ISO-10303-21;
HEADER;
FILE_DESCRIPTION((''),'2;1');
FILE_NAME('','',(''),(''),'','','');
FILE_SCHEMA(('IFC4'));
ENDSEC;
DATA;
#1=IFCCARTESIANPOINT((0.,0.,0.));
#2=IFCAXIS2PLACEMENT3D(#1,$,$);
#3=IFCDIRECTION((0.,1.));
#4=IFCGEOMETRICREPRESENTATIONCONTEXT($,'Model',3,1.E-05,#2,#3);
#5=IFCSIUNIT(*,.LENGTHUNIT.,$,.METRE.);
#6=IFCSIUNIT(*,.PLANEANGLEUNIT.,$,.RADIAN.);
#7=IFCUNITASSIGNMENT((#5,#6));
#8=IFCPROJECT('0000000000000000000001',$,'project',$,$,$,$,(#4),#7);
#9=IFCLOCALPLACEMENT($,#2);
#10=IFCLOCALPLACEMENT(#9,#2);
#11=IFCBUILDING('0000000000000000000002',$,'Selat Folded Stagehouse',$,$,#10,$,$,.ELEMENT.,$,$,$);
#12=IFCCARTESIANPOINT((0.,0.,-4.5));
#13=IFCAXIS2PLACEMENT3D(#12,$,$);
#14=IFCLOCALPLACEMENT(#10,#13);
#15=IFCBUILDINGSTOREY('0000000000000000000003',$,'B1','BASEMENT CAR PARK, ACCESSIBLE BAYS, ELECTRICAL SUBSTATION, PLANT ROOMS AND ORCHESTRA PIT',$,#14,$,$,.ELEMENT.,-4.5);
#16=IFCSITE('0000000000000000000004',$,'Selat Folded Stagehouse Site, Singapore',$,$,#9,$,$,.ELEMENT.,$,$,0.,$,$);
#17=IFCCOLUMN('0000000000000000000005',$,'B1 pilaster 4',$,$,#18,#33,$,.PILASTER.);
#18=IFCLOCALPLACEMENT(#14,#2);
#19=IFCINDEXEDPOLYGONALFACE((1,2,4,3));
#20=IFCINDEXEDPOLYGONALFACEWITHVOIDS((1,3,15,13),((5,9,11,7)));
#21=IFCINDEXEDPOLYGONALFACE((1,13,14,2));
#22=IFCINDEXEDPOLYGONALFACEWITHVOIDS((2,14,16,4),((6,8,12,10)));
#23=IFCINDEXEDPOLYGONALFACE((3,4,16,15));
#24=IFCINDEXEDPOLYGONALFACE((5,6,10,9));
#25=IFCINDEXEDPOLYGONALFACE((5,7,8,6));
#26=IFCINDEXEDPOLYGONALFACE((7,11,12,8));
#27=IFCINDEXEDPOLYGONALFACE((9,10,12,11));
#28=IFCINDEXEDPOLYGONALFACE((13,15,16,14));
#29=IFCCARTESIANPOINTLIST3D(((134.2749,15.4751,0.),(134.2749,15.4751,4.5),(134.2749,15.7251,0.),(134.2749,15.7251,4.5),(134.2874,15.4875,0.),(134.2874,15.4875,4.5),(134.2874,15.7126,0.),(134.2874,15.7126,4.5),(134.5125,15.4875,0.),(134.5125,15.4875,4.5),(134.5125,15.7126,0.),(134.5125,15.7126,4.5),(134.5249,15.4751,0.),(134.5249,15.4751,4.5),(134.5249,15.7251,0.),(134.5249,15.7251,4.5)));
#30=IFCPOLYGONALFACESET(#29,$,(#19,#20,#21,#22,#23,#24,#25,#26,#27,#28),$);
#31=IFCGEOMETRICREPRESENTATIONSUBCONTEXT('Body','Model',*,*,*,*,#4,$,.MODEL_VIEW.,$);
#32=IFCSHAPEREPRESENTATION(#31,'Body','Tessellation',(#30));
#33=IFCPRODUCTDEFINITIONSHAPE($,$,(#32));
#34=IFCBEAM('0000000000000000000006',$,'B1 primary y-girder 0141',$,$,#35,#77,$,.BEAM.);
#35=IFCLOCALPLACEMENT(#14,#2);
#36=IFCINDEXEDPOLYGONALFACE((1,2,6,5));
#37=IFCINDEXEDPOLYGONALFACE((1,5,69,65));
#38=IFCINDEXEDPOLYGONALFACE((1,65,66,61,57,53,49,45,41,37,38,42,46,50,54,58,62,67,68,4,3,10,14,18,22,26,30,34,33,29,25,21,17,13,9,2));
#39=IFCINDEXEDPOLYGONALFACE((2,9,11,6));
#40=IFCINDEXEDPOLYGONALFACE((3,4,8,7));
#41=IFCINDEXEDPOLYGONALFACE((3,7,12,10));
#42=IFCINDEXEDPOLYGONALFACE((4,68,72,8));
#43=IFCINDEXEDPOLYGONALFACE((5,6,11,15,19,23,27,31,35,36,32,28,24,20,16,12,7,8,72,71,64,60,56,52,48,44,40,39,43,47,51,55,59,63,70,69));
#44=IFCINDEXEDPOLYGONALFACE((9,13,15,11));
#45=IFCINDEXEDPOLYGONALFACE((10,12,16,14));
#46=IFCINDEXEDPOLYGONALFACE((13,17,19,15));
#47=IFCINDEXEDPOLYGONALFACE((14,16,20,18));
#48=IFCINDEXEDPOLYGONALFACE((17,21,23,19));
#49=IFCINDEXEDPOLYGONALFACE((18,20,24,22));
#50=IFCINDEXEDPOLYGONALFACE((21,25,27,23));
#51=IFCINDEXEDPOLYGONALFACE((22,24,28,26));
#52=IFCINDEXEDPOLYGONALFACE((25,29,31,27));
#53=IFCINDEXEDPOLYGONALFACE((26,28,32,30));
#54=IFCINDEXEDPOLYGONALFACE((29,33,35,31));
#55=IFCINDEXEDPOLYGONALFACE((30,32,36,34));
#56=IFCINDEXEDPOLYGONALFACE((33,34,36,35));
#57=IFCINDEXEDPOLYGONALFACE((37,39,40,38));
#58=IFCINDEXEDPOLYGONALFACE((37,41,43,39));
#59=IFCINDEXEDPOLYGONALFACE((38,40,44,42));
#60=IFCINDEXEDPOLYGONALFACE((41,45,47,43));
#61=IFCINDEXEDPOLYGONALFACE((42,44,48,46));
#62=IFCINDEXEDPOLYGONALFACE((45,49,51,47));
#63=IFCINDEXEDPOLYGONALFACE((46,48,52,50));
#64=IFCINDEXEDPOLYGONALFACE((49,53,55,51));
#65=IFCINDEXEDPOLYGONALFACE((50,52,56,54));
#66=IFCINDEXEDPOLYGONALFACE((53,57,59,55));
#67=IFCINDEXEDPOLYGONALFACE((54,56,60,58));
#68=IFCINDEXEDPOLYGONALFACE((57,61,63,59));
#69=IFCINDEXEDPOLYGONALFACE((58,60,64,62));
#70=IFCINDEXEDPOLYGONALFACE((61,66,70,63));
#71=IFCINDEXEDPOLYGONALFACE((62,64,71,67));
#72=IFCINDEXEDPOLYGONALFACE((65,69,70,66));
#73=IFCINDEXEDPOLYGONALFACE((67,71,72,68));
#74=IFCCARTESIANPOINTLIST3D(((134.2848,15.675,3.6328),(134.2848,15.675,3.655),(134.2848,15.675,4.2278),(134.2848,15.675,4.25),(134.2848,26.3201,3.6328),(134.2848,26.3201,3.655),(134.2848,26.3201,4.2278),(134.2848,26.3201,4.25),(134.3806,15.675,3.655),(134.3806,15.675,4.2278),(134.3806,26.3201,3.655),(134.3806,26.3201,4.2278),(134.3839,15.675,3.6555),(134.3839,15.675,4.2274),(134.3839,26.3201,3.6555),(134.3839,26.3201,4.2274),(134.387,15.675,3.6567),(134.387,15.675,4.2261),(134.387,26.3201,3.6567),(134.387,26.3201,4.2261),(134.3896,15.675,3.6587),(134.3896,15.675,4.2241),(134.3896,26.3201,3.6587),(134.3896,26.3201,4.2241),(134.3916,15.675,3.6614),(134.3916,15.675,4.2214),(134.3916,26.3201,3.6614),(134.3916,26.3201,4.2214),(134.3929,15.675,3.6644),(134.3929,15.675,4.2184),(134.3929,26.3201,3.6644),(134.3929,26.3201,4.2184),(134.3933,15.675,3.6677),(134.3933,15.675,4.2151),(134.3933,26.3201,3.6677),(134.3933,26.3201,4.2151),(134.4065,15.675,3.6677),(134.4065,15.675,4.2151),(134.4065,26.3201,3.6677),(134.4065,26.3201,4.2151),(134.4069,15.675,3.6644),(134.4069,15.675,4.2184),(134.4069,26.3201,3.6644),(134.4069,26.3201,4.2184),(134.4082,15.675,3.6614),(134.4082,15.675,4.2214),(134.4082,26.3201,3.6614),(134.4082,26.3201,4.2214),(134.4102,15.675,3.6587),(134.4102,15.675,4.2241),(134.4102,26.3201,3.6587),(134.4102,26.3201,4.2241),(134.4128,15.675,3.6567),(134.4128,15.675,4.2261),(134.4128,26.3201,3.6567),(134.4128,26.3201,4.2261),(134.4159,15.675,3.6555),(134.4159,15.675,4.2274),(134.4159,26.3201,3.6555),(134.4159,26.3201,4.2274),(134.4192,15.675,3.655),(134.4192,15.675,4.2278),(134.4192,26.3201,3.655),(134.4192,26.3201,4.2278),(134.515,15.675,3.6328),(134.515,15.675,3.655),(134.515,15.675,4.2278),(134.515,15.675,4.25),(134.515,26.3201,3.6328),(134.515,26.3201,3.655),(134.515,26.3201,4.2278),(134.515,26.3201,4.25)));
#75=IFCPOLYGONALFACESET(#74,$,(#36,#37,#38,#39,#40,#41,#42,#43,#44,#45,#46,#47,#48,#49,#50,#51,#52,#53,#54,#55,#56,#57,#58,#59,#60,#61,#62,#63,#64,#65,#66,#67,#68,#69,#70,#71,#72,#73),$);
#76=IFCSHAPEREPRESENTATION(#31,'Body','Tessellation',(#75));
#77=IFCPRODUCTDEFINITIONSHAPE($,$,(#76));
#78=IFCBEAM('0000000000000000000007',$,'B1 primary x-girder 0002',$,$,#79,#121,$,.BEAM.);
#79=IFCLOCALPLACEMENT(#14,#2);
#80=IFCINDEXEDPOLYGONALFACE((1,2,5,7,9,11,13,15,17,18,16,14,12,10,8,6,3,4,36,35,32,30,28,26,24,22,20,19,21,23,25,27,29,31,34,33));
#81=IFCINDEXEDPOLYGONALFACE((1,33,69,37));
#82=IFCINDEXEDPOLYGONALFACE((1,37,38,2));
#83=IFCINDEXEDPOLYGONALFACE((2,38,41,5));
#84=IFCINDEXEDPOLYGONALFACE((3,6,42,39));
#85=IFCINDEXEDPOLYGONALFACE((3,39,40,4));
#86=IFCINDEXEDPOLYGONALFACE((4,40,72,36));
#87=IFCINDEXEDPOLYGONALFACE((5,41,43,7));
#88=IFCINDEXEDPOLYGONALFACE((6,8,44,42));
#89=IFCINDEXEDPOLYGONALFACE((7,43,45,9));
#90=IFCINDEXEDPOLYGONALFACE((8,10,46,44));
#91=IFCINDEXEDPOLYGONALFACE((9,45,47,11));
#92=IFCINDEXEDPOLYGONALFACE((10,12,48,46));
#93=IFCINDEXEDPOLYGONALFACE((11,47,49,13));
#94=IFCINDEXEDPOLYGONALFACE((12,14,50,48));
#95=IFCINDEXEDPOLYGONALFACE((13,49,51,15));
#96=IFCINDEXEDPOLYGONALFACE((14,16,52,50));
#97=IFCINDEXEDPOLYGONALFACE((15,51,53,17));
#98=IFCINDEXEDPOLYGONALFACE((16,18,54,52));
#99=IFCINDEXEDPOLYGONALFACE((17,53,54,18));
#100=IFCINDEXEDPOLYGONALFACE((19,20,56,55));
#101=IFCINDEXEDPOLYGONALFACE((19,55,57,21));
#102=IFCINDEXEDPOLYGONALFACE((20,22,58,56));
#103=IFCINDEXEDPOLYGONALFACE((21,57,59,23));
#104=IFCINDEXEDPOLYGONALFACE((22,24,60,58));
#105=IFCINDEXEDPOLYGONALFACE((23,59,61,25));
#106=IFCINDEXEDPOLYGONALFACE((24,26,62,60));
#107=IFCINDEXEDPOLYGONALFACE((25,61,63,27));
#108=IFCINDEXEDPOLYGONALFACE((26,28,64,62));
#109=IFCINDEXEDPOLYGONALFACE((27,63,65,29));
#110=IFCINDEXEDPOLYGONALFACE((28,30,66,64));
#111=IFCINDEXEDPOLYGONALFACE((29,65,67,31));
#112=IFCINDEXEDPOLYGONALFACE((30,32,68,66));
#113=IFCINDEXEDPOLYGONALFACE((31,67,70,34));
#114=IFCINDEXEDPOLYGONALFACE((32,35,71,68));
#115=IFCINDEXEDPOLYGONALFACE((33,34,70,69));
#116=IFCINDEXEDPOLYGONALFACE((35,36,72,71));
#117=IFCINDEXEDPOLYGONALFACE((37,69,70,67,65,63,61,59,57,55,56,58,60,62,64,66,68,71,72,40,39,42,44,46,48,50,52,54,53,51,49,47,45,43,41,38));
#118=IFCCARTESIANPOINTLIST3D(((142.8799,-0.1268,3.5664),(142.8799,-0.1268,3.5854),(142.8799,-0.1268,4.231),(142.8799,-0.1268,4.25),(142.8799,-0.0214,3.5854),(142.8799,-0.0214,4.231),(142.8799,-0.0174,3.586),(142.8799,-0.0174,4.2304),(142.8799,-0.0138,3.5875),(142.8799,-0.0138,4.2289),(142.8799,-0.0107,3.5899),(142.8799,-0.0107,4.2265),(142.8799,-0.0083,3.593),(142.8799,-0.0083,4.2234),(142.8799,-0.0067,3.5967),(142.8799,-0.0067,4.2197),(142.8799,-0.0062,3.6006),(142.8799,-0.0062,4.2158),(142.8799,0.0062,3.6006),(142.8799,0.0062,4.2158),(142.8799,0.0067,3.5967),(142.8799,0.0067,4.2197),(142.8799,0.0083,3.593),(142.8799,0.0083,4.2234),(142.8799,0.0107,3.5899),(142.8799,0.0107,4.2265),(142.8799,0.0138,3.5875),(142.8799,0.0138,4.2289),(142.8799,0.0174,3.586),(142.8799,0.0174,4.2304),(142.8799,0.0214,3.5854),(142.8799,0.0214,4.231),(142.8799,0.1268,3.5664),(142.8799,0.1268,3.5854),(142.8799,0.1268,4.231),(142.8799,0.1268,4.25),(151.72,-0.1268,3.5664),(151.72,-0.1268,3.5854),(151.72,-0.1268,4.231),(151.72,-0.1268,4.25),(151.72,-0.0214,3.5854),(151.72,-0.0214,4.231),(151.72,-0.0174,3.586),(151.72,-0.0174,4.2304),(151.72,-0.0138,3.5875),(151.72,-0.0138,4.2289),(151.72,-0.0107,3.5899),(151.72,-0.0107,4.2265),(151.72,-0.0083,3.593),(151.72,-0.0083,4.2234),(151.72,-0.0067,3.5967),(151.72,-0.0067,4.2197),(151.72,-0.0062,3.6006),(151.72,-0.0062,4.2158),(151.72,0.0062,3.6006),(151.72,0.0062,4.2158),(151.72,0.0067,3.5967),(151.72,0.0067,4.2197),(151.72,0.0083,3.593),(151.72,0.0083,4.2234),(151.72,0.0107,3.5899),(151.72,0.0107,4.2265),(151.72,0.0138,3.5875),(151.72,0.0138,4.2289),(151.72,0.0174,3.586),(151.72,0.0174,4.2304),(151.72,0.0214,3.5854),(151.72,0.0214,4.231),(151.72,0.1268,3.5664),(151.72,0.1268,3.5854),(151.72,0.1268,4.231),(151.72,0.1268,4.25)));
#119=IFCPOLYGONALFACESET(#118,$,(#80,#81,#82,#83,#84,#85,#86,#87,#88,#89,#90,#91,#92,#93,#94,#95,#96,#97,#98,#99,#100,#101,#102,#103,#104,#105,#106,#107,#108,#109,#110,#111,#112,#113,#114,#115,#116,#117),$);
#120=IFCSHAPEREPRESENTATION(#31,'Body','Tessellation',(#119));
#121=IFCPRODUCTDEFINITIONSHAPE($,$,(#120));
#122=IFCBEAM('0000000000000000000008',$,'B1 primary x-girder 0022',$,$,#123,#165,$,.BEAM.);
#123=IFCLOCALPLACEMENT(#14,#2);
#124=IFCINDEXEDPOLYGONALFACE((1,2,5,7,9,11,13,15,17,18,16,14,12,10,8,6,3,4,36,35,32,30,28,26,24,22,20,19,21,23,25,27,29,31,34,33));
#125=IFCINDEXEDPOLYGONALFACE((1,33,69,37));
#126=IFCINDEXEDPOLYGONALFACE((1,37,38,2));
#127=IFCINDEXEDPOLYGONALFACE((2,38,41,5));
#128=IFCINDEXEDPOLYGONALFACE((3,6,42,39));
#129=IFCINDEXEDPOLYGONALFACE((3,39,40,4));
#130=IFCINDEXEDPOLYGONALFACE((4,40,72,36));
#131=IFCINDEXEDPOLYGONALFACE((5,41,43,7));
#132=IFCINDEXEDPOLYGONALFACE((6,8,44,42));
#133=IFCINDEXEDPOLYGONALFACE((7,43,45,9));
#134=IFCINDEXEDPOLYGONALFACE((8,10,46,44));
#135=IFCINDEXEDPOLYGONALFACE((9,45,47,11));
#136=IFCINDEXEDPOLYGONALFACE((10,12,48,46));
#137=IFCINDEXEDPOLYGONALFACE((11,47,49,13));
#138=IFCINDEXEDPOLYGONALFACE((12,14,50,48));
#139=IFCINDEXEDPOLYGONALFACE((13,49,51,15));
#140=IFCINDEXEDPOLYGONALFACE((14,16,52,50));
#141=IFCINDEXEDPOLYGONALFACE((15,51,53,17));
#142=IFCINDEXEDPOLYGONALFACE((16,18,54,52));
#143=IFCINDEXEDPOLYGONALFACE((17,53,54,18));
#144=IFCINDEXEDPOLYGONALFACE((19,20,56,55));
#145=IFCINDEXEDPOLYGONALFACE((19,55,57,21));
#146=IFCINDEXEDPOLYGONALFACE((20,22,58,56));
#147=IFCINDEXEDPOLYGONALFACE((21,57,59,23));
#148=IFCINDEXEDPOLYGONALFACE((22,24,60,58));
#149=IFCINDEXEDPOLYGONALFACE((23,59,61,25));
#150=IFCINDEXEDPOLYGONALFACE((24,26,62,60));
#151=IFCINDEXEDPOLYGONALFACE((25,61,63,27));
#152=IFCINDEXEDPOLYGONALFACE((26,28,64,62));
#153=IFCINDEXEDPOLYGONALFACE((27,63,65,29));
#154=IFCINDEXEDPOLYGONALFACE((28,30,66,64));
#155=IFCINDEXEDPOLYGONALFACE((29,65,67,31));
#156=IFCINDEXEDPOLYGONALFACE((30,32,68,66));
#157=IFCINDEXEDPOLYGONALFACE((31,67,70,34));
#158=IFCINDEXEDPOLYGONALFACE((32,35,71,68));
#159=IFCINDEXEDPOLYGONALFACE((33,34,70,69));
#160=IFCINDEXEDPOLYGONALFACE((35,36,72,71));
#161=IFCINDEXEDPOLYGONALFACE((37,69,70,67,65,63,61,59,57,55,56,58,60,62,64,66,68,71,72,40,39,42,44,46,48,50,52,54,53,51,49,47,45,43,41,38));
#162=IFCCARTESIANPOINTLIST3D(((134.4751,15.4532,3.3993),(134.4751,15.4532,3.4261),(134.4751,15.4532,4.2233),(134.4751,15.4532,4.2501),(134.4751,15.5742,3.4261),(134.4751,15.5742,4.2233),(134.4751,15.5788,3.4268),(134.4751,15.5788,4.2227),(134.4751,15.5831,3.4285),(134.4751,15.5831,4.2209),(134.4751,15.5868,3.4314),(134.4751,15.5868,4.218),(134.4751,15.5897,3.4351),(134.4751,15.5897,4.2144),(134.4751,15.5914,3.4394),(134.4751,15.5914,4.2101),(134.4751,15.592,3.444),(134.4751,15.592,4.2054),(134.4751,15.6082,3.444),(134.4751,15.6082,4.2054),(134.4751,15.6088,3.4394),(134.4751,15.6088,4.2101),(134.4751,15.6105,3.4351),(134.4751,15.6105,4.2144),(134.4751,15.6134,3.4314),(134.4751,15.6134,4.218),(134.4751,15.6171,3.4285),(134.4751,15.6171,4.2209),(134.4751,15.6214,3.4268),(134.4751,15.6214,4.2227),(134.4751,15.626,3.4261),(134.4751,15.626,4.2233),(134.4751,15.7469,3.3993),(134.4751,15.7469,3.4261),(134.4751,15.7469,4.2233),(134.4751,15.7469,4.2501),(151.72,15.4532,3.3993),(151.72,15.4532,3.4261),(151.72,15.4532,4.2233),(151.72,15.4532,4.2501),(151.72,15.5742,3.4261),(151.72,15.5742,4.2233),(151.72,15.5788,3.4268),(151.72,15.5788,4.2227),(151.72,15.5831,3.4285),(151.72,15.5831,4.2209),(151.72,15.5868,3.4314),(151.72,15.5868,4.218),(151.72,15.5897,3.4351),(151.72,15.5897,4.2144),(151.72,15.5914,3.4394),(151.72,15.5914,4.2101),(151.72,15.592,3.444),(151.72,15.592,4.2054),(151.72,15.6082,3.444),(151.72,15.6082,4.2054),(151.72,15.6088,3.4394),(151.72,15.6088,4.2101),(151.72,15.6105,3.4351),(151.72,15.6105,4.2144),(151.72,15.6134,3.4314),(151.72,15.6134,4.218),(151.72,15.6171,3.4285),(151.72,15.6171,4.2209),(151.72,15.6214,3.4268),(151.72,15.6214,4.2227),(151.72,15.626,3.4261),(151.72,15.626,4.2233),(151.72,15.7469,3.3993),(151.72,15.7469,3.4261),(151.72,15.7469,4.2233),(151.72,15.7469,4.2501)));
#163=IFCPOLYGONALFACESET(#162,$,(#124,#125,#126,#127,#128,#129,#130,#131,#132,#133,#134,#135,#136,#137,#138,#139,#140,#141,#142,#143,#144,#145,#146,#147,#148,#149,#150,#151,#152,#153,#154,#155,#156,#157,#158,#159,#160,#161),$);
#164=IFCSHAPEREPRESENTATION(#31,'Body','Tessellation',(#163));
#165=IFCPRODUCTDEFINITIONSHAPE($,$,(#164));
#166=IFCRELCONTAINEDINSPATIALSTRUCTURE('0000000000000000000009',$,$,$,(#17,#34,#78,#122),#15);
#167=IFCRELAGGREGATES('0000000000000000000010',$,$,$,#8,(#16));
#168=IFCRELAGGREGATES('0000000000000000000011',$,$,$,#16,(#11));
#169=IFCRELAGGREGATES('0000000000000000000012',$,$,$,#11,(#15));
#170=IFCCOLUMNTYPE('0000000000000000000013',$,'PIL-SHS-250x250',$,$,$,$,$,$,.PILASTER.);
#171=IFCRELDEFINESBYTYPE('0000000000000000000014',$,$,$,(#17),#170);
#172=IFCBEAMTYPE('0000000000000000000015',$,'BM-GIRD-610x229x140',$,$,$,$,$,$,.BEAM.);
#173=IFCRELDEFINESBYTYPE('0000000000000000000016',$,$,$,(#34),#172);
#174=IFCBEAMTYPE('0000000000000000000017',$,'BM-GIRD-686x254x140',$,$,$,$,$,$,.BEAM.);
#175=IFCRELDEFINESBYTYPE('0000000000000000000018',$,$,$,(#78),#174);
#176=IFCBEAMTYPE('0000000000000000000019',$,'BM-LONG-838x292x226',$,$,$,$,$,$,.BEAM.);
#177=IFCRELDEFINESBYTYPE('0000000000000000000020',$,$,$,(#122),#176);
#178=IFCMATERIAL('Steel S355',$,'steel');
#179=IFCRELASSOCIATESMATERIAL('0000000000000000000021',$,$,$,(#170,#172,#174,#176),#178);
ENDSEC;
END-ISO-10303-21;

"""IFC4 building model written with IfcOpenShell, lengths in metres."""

from ifc_helpers import new_model, si_unit, direction, frame, origin, origin_2d, place, context, subcontext, project, spatial, hollow_rectangle, i_section, extrude, material, material_profile, profile_set, type_object, element, save


model = new_model("IFC4")

# Units and contexts
model_context = context("Model", 3, precision=1e-05, world=origin(), true_north=direction((0.0, 1.0)))
body_context = subcontext(model_context, "Body", "Model", "MODEL_VIEW")
ifc_project = project(units=[si_unit("LENGTHUNIT", "METRE"), si_unit("PLANEANGLEUNIT", "RADIAN")], contexts=[model_context])

# Site, building, storey
site_placement = place(None, origin())
site = spatial("IfcSite", under=ifc_project, at=site_placement, Name="Selat Folded Stagehouse Site, Singapore", CompositionType="ELEMENT", RefElevation=0.0)
building_placement = place(site_placement, origin())
building = spatial("IfcBuilding", under=site, at=building_placement, Name="Selat Folded Stagehouse", CompositionType="ELEMENT")
storey_placement = place(building_placement, frame((0.0, 0.0, -4.5)))
storey = spatial("IfcBuildingStorey", under=building, at=storey_placement, Name="B1", Description="BASEMENT CAR PARK, ACCESSIBLE BAYS, ELECTRICAL SUBSTATION, PLANT ROOMS AND ORCHESTRA PIT", CompositionType="ELEMENT", Elevation=-4.5)

# Column
ifc_material_1 = material(Name="Steel S355", Category="steel")
ifc_material_profile_1 = material_profile(ifc_material_1, hollow_rectangle(XDim=0.25, YDim=0.25, WallThickness=0.0125, at=origin_2d()), Name="SHS 250x250x12.5")
ifc_profile_set_1 = profile_set([ifc_material_profile_1], Name="Steel S355")
column_type_1 = type_object("IfcColumnType", Name="PIL-SHS-250x250", PredefinedType="PILASTER", material=ifc_profile_set_1)
column_1_placement = place(storey_placement, frame((134.3999, 15.6001, 0.0), z_axis=(0.0, 0.0, 1.0), x_axis=(1.0, 0.0, 0.0)))
element("IfcColumn", 1, at=column_1_placement, inside=storey, type_object=column_type_1, Name="B1 pilaster 4", PredefinedType="PILASTER", context=body_context, shape_type="SweptSolid", body=[
    extrude(hollow_rectangle(XDim=0.25, YDim=0.25, WallThickness=0.0125, at=origin_2d()), origin(), (0.0, 0.0, 1.0), 4.5),
])

# Beams
ifc_material_profile_2 = material_profile(ifc_material_1, i_section(OverallWidth=0.2302, OverallDepth=0.6172, WebThickness=0.0132, FlangeThickness=0.0222, FilletRadius=0.0127, at=origin_2d()), Name="UKB 610x229x140")
ifc_profile_set_2 = profile_set([ifc_material_profile_2], Name="Steel S355")
beam_type_1 = type_object("IfcBeamType", Name="BM-GIRD-610x229x140", PredefinedType="BEAM", material=ifc_profile_set_2)
beam_1_placement = place(storey_placement, frame((134.3999, 15.675, 3.9414), z_axis=(0.0, 1.0, 0.0), x_axis=(-1.0, 0.0, 0.0)))
element("IfcBeam", 2, at=beam_1_placement, inside=storey, type_object=beam_type_1, Name="B1 primary y-girder 0141", PredefinedType="BEAM", context=body_context, shape_type="SweptSolid", body=[
    extrude(i_section(OverallWidth=0.2302, OverallDepth=0.6172, WebThickness=0.0132, FlangeThickness=0.0222, FilletRadius=0.0127, at=origin_2d()), origin(), (0.0, 0.0, 1.0), 10.645),
])
ifc_material_profile_3 = material_profile(ifc_material_1, i_section(OverallWidth=0.2537, OverallDepth=0.6836, WebThickness=0.0125, FlangeThickness=0.019, FilletRadius=0.0151, at=origin_2d()), Name="UKB 686x254x140")
ifc_profile_set_3 = profile_set([ifc_material_profile_3], Name="Steel S355")
beam_type_2 = type_object("IfcBeamType", Name="BM-GIRD-686x254x140", PredefinedType="BEAM", material=ifc_profile_set_3)
beam_2_placement = place(storey_placement, frame((142.8799, 0.0, 3.9082), z_axis=(1.0, 0.0, 0.0), x_axis=(0.0, 1.0, 0.0)))
element("IfcBeam", 3, at=beam_2_placement, inside=storey, type_object=beam_type_2, Name="B1 primary x-girder 0002", PredefinedType="BEAM", context=body_context, shape_type="SweptSolid", body=[
    extrude(i_section(OverallWidth=0.2537, OverallDepth=0.6836, WebThickness=0.0125, FlangeThickness=0.019, FilletRadius=0.0151, at=origin_2d()), origin(), (0.0, 0.0, 1.0), 8.8401),
])
ifc_material_profile_4 = material_profile(ifc_material_1, i_section(OverallWidth=0.2937, OverallDepth=0.8508, WebThickness=0.0161, FlangeThickness=0.0269, FilletRadius=0.0178, at=origin_2d()), Name="UKB 838x292x226")
ifc_profile_set_4 = profile_set([ifc_material_profile_4], Name="Steel S355")
beam_type_3 = type_object("IfcBeamType", Name="BM-LONG-838x292x226", PredefinedType="BEAM", material=ifc_profile_set_4)
beam_3_placement = place(storey_placement, frame((134.4751, 15.6001, 3.8247), z_axis=(1.0, 0.0, 0.0), x_axis=(0.0, 1.0, 0.0)))
element("IfcBeam", 4, at=beam_3_placement, inside=storey, type_object=beam_type_3, Name="B1 primary x-girder 0022", PredefinedType="BEAM", context=body_context, shape_type="SweptSolid", body=[
    extrude(i_section(OverallWidth=0.2937, OverallDepth=0.8508, WebThickness=0.0161, FlangeThickness=0.0269, FilletRadius=0.0178, at=origin_2d()), origin(), (0.0, 0.0, 1.0), 17.2449),
])

save(model, "model.ifc")
